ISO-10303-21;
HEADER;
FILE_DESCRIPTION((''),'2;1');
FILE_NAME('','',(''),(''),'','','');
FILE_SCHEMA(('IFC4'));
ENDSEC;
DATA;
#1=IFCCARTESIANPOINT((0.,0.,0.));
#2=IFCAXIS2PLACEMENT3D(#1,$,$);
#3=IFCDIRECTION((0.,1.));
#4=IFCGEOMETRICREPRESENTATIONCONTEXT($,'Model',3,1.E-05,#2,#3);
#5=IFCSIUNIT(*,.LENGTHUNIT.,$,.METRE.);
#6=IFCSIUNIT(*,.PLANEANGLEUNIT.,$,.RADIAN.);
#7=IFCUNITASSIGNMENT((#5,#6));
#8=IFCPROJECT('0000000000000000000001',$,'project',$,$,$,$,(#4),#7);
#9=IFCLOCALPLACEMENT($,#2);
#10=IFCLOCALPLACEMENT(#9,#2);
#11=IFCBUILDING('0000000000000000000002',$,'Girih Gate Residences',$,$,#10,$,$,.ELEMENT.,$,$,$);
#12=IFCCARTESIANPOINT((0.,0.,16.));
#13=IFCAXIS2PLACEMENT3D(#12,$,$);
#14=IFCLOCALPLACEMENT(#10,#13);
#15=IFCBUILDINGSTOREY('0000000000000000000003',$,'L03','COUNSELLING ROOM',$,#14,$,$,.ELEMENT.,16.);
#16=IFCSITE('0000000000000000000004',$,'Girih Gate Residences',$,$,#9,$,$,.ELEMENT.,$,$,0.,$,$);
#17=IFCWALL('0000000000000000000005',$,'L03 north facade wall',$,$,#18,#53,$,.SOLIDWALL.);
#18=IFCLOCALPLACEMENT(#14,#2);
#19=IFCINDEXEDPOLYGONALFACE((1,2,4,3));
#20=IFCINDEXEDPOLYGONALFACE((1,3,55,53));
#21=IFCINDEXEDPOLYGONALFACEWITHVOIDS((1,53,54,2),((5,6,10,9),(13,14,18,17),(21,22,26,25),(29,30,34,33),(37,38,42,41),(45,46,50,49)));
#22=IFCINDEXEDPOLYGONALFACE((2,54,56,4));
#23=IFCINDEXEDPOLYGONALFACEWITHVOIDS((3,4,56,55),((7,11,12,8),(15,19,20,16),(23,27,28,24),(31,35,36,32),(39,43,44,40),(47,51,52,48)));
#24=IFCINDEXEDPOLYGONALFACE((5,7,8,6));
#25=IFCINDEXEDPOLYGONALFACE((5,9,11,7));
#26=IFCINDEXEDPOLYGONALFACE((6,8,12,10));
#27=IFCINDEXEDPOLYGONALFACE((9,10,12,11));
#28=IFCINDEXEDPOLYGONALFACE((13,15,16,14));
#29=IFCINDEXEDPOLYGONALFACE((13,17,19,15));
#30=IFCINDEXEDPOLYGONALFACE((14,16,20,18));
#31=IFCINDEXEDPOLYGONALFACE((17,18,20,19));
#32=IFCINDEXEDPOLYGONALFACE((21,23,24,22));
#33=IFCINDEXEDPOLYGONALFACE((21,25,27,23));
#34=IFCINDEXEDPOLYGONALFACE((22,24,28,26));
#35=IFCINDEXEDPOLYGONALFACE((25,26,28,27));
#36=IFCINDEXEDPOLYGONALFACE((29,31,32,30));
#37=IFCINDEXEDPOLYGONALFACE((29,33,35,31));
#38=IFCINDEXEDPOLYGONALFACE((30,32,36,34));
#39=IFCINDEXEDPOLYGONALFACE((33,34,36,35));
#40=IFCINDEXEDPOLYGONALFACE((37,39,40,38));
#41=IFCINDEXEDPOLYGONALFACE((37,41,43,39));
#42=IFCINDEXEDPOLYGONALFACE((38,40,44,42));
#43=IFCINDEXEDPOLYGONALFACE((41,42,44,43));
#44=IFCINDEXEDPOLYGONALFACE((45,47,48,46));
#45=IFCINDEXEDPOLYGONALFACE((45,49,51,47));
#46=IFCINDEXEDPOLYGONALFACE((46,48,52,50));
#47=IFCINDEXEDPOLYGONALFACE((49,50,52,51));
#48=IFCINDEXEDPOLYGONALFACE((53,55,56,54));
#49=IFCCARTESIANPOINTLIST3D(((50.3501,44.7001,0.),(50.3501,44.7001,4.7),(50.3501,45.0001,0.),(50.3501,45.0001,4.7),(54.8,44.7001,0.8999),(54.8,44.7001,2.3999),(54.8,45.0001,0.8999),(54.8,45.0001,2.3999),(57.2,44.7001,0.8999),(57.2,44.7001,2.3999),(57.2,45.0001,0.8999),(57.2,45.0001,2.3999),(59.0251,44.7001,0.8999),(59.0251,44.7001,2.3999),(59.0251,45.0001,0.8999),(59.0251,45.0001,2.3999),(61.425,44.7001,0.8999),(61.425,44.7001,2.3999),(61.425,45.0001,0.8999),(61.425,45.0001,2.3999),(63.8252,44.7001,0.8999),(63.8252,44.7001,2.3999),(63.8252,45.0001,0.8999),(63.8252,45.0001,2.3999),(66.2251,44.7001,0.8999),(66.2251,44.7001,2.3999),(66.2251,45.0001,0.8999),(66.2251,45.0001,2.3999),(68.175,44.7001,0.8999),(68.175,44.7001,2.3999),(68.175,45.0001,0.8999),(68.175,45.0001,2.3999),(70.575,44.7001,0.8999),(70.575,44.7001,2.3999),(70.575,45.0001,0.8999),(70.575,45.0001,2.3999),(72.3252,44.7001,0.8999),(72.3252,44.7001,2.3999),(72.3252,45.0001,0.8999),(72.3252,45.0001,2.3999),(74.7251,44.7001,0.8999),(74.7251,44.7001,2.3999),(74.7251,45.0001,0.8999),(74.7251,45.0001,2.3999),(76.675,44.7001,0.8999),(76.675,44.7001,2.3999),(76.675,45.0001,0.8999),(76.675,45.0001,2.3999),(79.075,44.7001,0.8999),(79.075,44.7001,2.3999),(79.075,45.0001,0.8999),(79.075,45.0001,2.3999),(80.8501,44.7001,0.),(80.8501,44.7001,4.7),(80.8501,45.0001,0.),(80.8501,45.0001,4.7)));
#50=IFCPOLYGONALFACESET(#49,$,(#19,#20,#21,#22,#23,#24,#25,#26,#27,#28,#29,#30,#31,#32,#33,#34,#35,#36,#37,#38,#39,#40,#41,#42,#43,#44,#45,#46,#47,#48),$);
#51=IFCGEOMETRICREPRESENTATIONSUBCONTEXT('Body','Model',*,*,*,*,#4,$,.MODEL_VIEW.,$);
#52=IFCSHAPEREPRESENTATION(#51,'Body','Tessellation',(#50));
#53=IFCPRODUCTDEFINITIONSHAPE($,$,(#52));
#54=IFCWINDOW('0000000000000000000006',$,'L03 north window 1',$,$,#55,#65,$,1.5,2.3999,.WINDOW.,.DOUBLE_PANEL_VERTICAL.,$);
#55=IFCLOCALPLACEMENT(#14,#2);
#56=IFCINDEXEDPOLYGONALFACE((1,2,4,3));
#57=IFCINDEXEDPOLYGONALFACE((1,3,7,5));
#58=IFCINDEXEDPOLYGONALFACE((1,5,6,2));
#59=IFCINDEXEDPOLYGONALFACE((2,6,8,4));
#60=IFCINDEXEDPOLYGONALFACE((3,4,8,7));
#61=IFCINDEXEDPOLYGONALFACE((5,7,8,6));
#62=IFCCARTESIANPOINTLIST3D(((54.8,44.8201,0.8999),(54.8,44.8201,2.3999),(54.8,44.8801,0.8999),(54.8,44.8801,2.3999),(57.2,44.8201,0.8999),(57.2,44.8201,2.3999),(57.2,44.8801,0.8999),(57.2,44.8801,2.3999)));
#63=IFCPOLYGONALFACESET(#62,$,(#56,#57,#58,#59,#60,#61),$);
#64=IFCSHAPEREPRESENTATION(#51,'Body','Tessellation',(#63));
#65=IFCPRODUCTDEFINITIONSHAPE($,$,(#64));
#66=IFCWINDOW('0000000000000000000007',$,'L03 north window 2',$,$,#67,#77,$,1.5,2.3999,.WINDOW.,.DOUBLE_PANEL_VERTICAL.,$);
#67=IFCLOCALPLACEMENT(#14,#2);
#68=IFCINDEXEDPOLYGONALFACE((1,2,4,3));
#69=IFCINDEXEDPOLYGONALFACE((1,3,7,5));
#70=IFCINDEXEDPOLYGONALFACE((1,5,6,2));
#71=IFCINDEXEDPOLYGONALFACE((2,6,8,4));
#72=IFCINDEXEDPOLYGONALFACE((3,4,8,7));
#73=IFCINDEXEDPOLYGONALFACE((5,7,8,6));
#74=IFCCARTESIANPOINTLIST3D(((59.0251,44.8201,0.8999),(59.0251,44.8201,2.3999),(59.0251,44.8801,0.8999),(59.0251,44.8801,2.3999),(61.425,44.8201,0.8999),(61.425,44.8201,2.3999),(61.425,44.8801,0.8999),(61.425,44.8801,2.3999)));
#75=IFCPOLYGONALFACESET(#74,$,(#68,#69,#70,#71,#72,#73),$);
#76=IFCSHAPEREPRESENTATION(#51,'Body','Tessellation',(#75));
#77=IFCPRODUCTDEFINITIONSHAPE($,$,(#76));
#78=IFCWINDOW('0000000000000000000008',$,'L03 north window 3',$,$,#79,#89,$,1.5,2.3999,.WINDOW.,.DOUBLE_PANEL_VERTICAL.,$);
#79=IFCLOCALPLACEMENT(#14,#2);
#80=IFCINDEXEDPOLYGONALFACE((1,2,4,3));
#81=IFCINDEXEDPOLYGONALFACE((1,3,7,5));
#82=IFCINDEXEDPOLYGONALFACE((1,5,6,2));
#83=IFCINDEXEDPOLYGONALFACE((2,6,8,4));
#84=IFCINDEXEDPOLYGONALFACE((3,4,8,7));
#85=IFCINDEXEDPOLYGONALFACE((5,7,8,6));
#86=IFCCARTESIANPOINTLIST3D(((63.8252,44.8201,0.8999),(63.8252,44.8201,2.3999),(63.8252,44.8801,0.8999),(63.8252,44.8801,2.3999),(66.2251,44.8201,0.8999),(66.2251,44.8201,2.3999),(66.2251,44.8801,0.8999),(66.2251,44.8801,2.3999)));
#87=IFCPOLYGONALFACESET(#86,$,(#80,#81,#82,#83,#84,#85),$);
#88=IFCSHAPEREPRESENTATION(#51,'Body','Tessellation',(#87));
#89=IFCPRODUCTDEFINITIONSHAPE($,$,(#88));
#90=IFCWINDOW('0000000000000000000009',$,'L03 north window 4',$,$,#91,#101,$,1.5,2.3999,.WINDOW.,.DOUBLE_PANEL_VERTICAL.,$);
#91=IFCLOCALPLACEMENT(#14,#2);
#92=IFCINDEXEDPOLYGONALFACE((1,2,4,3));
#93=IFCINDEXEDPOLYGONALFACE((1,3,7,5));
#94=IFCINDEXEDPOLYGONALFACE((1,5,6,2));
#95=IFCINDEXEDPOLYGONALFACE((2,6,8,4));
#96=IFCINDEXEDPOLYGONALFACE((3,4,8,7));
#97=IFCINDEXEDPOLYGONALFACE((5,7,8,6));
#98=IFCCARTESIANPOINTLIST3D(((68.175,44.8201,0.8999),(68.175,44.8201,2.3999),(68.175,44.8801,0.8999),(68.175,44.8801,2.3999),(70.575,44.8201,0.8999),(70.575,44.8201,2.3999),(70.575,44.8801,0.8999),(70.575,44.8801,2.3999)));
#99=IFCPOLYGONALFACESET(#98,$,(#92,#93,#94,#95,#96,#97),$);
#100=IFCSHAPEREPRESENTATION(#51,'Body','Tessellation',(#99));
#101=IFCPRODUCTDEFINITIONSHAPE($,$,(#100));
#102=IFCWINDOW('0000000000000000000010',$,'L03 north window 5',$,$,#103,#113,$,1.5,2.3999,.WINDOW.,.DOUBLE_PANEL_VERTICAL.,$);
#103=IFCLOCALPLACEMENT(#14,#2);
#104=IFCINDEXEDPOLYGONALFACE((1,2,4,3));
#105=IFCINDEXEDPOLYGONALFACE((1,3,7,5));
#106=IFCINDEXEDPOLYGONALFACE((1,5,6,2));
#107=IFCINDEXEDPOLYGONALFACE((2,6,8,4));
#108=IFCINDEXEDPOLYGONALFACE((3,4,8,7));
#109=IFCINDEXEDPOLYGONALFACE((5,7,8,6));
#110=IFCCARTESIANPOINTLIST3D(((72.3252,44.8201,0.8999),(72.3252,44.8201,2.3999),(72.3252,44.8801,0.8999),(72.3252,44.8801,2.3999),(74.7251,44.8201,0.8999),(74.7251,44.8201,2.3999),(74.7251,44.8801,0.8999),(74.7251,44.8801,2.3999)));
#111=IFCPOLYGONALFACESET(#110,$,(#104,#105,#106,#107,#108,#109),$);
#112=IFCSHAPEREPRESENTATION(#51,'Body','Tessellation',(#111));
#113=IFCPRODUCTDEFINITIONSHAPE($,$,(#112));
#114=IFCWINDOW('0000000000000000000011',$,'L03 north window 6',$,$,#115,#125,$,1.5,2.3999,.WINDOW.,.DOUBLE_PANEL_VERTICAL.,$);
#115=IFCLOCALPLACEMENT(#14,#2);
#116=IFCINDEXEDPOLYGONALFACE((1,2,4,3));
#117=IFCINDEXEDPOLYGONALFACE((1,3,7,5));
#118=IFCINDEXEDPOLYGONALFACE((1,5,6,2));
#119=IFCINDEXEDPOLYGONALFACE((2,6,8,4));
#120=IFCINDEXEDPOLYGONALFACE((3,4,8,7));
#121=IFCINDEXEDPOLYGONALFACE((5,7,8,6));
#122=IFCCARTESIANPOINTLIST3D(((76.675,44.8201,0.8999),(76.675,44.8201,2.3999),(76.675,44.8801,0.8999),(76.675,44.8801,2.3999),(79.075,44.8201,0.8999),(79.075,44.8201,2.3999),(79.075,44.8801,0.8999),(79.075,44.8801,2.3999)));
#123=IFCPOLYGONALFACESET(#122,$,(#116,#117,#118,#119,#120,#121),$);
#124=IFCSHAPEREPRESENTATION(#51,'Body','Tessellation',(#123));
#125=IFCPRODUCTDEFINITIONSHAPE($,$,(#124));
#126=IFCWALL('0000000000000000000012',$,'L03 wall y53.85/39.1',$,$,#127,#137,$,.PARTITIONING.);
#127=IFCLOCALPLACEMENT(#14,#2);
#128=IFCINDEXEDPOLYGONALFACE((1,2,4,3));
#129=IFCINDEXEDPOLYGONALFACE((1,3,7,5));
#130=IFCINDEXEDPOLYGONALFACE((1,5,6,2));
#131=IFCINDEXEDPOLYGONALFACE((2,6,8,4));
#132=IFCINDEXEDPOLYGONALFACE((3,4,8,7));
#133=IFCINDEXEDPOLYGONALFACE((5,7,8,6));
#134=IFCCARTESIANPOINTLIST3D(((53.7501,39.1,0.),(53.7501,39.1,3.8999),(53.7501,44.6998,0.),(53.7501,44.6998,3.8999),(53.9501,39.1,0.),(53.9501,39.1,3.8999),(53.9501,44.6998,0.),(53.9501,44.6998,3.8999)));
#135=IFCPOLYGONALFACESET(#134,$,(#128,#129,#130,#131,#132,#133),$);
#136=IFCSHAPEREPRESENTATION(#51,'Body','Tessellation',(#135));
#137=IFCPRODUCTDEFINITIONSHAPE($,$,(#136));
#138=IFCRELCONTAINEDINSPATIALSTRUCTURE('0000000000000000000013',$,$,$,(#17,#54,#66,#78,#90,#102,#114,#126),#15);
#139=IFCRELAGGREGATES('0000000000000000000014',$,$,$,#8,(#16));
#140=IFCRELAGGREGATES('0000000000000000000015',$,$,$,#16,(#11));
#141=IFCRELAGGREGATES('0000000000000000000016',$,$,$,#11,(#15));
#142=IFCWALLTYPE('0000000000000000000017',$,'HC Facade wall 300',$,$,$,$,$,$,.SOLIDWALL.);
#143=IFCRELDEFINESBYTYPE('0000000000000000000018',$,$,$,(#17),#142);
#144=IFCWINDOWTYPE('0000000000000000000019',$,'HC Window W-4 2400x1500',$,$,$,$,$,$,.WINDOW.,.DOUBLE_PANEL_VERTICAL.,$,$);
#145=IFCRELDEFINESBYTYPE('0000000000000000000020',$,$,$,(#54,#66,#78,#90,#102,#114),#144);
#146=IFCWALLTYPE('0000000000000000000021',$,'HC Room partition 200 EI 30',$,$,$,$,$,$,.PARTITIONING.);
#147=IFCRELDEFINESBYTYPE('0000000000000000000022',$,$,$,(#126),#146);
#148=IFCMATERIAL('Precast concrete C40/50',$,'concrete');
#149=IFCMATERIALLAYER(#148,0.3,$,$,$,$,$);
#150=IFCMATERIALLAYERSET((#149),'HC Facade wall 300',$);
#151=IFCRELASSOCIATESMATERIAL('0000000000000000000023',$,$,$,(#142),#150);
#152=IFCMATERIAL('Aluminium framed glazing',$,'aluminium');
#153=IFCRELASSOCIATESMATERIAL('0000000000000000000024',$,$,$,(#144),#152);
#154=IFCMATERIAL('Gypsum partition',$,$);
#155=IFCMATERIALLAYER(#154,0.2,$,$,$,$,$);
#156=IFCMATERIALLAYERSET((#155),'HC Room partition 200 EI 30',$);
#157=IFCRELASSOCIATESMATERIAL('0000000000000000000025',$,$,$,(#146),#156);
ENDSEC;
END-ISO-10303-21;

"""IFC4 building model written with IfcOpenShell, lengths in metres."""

from ifc_helpers import new_model, si_unit, direction, frame, frame_2d, origin, place, context, subcontext, project, spatial, rectangle, extrude, material, layer, layer_set, type_object, element, fill, save


model = new_model("IFC4")

# Units and contexts
model_context = context("Model", 3, precision=1e-05, world=origin(), true_north=direction((0.0, 1.0)))
body_context = subcontext(model_context, "Body", "Model", "MODEL_VIEW")
ifc_project = project(units=[si_unit("LENGTHUNIT", "METRE"), si_unit("PLANEANGLEUNIT", "RADIAN")], contexts=[model_context])

# Site, building, storey
site_placement = place(None, origin())
site = spatial("IfcSite", under=ifc_project, at=site_placement, Name="Girih Gate Residences", CompositionType="ELEMENT", RefElevation=0.0)
building_placement = place(site_placement, origin())
building = spatial("IfcBuilding", under=site, at=building_placement, Name="Girih Gate Residences", CompositionType="ELEMENT")
storey_placement = place(building_placement, frame((0.0, 0.0, 16.0)))
storey = spatial("IfcBuildingStorey", under=building, at=storey_placement, Name="L03", Description="COUNSELLING ROOM", CompositionType="ELEMENT", Elevation=16.0)

# Wall, openings, windows
ifc_material_1 = material(Name="Precast concrete C40/50", Category="concrete")
ifc_layer_1 = layer(ifc_material_1, 0.3)
ifc_layer_set_1 = layer_set([ifc_layer_1], Name="HC Facade wall 300")
wall_type_1 = type_object("IfcWallType", Name="HC Facade wall 300", PredefinedType="SOLIDWALL", material=ifc_layer_set_1)
wall_1_placement = place(storey_placement, frame((50.3501, 44.8501, 0.0), z_axis=(0.0, 0.0, 1.0), x_axis=(1.0, 0.0, 0.0)))
wall_1 = element("IfcWall", 1, at=wall_1_placement, inside=storey, type_object=wall_type_1, Name="L03 north facade wall", PredefinedType="SOLIDWALL", context=body_context, shape_type="SweptSolid", body=[
    extrude(rectangle(XDim=30.5, YDim=0.3, at=frame_2d((15.25, 0.0))), origin(), (0.0, 0.0, 1.0), 4.7),
])
opening_1_placement = place(wall_1_placement, frame((4.45, 0.0, 0.8999)))
opening_1 = element("IfcOpeningElement", 2, at=opening_1_placement, cuts=wall_1, PredefinedType="OPENING", context=body_context, shape_type="SweptSolid", body=[
    extrude(rectangle(XDim=2.3999, YDim=1.5, at=frame_2d((1.2, 0.75))), frame((0.0, 0.1599, 0.0), z_axis=(0.0, -1.0, 0.0), x_axis=(1.0, 0.0, 0.0)), (0.0, 0.0, 1.0), 0.3201),
])
opening_2_placement = place(wall_1_placement, frame((8.675, 0.0, 0.8999)))
opening_2 = element("IfcOpeningElement", 3, at=opening_2_placement, cuts=wall_1, PredefinedType="OPENING", context=body_context, shape_type="SweptSolid", body=[
    extrude(rectangle(XDim=2.3999, YDim=1.5, at=frame_2d((1.2, 0.75))), frame((0.0, 0.1599, 0.0), z_axis=(0.0, -1.0, 0.0), x_axis=(1.0, 0.0, 0.0)), (0.0, 0.0, 1.0), 0.3201),
])
opening_3_placement = place(wall_1_placement, frame((13.4751, 0.0, 0.8999)))
opening_3 = element("IfcOpeningElement", 4, at=opening_3_placement, cuts=wall_1, PredefinedType="OPENING", context=body_context, shape_type="SweptSolid", body=[
    extrude(rectangle(XDim=2.3999, YDim=1.5, at=frame_2d((1.2, 0.75))), frame((0.0, 0.1599, 0.0), z_axis=(0.0, -1.0, 0.0), x_axis=(1.0, 0.0, 0.0)), (0.0, 0.0, 1.0), 0.3201),
])
opening_4_placement = place(wall_1_placement, frame((17.825, 0.0, 0.8999)))
opening_4 = element("IfcOpeningElement", 5, at=opening_4_placement, cuts=wall_1, PredefinedType="OPENING", context=body_context, shape_type="SweptSolid", body=[
    extrude(rectangle(XDim=2.3999, YDim=1.5, at=frame_2d((1.2, 0.75))), frame((0.0, 0.1599, 0.0), z_axis=(0.0, -1.0, 0.0), x_axis=(1.0, 0.0, 0.0)), (0.0, 0.0, 1.0), 0.3201),
])
opening_5_placement = place(wall_1_placement, frame((21.9751, 0.0, 0.8999)))
opening_5 = element("IfcOpeningElement", 6, at=opening_5_placement, cuts=wall_1, PredefinedType="OPENING", context=body_context, shape_type="SweptSolid", body=[
    extrude(rectangle(XDim=2.3999, YDim=1.5, at=frame_2d((1.2, 0.75))), frame((0.0, 0.1599, 0.0), z_axis=(0.0, -1.0, 0.0), x_axis=(1.0, 0.0, 0.0)), (0.0, 0.0, 1.0), 0.3201),
])
opening_6_placement = place(wall_1_placement, frame((26.325, 0.0, 0.8999)))
opening_6 = element("IfcOpeningElement", 7, at=opening_6_placement, cuts=wall_1, PredefinedType="OPENING", context=body_context, shape_type="SweptSolid", body=[
    extrude(rectangle(XDim=2.3999, YDim=1.5, at=frame_2d((1.2, 0.75))), frame((0.0, 0.1599, 0.0), z_axis=(0.0, -1.0, 0.0), x_axis=(1.0, 0.0, 0.0)), (0.0, 0.0, 1.0), 0.3201),
])
ifc_material_2 = material(Name="Aluminium framed glazing", Category="aluminium")
window_type_1 = type_object("IfcWindowType", Name="HC Window W-4 2400x1500", PartitioningType="DOUBLE_PANEL_VERTICAL", PredefinedType="WINDOW", material=ifc_material_2)
window_1_placement = place(opening_1_placement, origin())
window_1 = element("IfcWindow", 8, at=window_1_placement, inside=storey, type_object=window_type_1, Name="L03 north window 1", OverallHeight=1.5, OverallWidth=2.3999, PartitioningType="DOUBLE_PANEL_VERTICAL", PredefinedType="WINDOW", context=body_context, shape_type="SweptSolid", body=[
    extrude(rectangle(XDim=2.3999, YDim=1.5, at=frame_2d((1.2, 0.75))), frame((0.0, 0.03, 0.0), z_axis=(0.0, -1.0, 0.0), x_axis=(1.0, 0.0, 0.0)), (0.0, 0.0, 1.0), 0.0601),
])
fill(opening_1, window_1)
window_2_placement = place(opening_2_placement, origin())
window_2 = element("IfcWindow", 9, at=window_2_placement, inside=storey, type_object=window_type_1, Name="L03 north window 2", OverallHeight=1.5, OverallWidth=2.3999, PartitioningType="DOUBLE_PANEL_VERTICAL", PredefinedType="WINDOW", context=body_context, shape_type="SweptSolid", body=[
    extrude(rectangle(XDim=2.3999, YDim=1.5, at=frame_2d((1.2, 0.75))), frame((0.0, 0.03, 0.0), z_axis=(0.0, -1.0, 0.0), x_axis=(1.0, 0.0, 0.0)), (0.0, 0.0, 1.0), 0.0601),
])
fill(opening_2, window_2)
window_3_placement = place(opening_3_placement, origin())
window_3 = element("IfcWindow", 10, at=window_3_placement, inside=storey, type_object=window_type_1, Name="L03 north window 3", OverallHeight=1.5, OverallWidth=2.3999, PartitioningType="DOUBLE_PANEL_VERTICAL", PredefinedType="WINDOW", context=body_context, shape_type="SweptSolid", body=[
    extrude(rectangle(XDim=2.3999, YDim=1.5, at=frame_2d((1.2, 0.75))), frame((0.0, 0.03, 0.0), z_axis=(0.0, -1.0, 0.0), x_axis=(1.0, 0.0, 0.0)), (0.0, 0.0, 1.0), 0.0601),
])
fill(opening_3, window_3)
window_4_placement = place(opening_4_placement, origin())
window_4 = element("IfcWindow", 11, at=window_4_placement, inside=storey, type_object=window_type_1, Name="L03 north window 4", OverallHeight=1.5, OverallWidth=2.3999, PartitioningType="DOUBLE_PANEL_VERTICAL", PredefinedType="WINDOW", context=body_context, shape_type="SweptSolid", body=[
    extrude(rectangle(XDim=2.3999, YDim=1.5, at=frame_2d((1.2, 0.75))), frame((0.0, 0.03, 0.0), z_axis=(0.0, -1.0, 0.0), x_axis=(1.0, 0.0, 0.0)), (0.0, 0.0, 1.0), 0.0601),
])
fill(opening_4, window_4)
window_5_placement = place(opening_5_placement, origin())
window_5 = element("IfcWindow", 12, at=window_5_placement, inside=storey, type_object=window_type_1, Name="L03 north window 5", OverallHeight=1.5, OverallWidth=2.3999, PartitioningType="DOUBLE_PANEL_VERTICAL", PredefinedType="WINDOW", context=body_context, shape_type="SweptSolid", body=[
    extrude(rectangle(XDim=2.3999, YDim=1.5, at=frame_2d((1.2, 0.75))), frame((0.0, 0.03, 0.0), z_axis=(0.0, -1.0, 0.0), x_axis=(1.0, 0.0, 0.0)), (0.0, 0.0, 1.0), 0.0601),
])
fill(opening_5, window_5)
window_6_placement = place(opening_6_placement, origin())
window_6 = element("IfcWindow", 13, at=window_6_placement, inside=storey, type_object=window_type_1, Name="L03 north window 6", OverallHeight=1.5, OverallWidth=2.3999, PartitioningType="DOUBLE_PANEL_VERTICAL", PredefinedType="WINDOW", context=body_context, shape_type="SweptSolid", body=[
    extrude(rectangle(XDim=2.3999, YDim=1.5, at=frame_2d((1.2, 0.75))), frame((0.0, 0.03, 0.0), z_axis=(0.0, -1.0, 0.0), x_axis=(1.0, 0.0, 0.0)), (0.0, 0.0, 1.0), 0.0601),
])
fill(opening_6, window_6)

# Wall
ifc_material_3 = material(Name="Gypsum partition")
ifc_layer_2 = layer(ifc_material_3, 0.2)
ifc_layer_set_2 = layer_set([ifc_layer_2], Name="HC Room partition 200 EI 30")
wall_type_2 = type_object("IfcWallType", Name="HC Room partition 200 EI 30", PredefinedType="PARTITIONING", material=ifc_layer_set_2)
wall_2_placement = place(storey_placement, frame((53.8501, 39.1001, 0.0), z_axis=(0.0, 0.0, 1.0), x_axis=(0.0, 1.0, 0.0)))
element("IfcWall", 14, at=wall_2_placement, inside=storey, type_object=wall_type_2, Name="L03 wall y53.85/39.1", PredefinedType="PARTITIONING", context=body_context, shape_type="SweptSolid", body=[
    extrude(rectangle(XDim=5.5999, YDim=0.2, at=frame_2d((2.7998, 0.0))), origin(), (0.0, 0.0, 1.0), 3.8999),
])

save(model, "model.ifc")
